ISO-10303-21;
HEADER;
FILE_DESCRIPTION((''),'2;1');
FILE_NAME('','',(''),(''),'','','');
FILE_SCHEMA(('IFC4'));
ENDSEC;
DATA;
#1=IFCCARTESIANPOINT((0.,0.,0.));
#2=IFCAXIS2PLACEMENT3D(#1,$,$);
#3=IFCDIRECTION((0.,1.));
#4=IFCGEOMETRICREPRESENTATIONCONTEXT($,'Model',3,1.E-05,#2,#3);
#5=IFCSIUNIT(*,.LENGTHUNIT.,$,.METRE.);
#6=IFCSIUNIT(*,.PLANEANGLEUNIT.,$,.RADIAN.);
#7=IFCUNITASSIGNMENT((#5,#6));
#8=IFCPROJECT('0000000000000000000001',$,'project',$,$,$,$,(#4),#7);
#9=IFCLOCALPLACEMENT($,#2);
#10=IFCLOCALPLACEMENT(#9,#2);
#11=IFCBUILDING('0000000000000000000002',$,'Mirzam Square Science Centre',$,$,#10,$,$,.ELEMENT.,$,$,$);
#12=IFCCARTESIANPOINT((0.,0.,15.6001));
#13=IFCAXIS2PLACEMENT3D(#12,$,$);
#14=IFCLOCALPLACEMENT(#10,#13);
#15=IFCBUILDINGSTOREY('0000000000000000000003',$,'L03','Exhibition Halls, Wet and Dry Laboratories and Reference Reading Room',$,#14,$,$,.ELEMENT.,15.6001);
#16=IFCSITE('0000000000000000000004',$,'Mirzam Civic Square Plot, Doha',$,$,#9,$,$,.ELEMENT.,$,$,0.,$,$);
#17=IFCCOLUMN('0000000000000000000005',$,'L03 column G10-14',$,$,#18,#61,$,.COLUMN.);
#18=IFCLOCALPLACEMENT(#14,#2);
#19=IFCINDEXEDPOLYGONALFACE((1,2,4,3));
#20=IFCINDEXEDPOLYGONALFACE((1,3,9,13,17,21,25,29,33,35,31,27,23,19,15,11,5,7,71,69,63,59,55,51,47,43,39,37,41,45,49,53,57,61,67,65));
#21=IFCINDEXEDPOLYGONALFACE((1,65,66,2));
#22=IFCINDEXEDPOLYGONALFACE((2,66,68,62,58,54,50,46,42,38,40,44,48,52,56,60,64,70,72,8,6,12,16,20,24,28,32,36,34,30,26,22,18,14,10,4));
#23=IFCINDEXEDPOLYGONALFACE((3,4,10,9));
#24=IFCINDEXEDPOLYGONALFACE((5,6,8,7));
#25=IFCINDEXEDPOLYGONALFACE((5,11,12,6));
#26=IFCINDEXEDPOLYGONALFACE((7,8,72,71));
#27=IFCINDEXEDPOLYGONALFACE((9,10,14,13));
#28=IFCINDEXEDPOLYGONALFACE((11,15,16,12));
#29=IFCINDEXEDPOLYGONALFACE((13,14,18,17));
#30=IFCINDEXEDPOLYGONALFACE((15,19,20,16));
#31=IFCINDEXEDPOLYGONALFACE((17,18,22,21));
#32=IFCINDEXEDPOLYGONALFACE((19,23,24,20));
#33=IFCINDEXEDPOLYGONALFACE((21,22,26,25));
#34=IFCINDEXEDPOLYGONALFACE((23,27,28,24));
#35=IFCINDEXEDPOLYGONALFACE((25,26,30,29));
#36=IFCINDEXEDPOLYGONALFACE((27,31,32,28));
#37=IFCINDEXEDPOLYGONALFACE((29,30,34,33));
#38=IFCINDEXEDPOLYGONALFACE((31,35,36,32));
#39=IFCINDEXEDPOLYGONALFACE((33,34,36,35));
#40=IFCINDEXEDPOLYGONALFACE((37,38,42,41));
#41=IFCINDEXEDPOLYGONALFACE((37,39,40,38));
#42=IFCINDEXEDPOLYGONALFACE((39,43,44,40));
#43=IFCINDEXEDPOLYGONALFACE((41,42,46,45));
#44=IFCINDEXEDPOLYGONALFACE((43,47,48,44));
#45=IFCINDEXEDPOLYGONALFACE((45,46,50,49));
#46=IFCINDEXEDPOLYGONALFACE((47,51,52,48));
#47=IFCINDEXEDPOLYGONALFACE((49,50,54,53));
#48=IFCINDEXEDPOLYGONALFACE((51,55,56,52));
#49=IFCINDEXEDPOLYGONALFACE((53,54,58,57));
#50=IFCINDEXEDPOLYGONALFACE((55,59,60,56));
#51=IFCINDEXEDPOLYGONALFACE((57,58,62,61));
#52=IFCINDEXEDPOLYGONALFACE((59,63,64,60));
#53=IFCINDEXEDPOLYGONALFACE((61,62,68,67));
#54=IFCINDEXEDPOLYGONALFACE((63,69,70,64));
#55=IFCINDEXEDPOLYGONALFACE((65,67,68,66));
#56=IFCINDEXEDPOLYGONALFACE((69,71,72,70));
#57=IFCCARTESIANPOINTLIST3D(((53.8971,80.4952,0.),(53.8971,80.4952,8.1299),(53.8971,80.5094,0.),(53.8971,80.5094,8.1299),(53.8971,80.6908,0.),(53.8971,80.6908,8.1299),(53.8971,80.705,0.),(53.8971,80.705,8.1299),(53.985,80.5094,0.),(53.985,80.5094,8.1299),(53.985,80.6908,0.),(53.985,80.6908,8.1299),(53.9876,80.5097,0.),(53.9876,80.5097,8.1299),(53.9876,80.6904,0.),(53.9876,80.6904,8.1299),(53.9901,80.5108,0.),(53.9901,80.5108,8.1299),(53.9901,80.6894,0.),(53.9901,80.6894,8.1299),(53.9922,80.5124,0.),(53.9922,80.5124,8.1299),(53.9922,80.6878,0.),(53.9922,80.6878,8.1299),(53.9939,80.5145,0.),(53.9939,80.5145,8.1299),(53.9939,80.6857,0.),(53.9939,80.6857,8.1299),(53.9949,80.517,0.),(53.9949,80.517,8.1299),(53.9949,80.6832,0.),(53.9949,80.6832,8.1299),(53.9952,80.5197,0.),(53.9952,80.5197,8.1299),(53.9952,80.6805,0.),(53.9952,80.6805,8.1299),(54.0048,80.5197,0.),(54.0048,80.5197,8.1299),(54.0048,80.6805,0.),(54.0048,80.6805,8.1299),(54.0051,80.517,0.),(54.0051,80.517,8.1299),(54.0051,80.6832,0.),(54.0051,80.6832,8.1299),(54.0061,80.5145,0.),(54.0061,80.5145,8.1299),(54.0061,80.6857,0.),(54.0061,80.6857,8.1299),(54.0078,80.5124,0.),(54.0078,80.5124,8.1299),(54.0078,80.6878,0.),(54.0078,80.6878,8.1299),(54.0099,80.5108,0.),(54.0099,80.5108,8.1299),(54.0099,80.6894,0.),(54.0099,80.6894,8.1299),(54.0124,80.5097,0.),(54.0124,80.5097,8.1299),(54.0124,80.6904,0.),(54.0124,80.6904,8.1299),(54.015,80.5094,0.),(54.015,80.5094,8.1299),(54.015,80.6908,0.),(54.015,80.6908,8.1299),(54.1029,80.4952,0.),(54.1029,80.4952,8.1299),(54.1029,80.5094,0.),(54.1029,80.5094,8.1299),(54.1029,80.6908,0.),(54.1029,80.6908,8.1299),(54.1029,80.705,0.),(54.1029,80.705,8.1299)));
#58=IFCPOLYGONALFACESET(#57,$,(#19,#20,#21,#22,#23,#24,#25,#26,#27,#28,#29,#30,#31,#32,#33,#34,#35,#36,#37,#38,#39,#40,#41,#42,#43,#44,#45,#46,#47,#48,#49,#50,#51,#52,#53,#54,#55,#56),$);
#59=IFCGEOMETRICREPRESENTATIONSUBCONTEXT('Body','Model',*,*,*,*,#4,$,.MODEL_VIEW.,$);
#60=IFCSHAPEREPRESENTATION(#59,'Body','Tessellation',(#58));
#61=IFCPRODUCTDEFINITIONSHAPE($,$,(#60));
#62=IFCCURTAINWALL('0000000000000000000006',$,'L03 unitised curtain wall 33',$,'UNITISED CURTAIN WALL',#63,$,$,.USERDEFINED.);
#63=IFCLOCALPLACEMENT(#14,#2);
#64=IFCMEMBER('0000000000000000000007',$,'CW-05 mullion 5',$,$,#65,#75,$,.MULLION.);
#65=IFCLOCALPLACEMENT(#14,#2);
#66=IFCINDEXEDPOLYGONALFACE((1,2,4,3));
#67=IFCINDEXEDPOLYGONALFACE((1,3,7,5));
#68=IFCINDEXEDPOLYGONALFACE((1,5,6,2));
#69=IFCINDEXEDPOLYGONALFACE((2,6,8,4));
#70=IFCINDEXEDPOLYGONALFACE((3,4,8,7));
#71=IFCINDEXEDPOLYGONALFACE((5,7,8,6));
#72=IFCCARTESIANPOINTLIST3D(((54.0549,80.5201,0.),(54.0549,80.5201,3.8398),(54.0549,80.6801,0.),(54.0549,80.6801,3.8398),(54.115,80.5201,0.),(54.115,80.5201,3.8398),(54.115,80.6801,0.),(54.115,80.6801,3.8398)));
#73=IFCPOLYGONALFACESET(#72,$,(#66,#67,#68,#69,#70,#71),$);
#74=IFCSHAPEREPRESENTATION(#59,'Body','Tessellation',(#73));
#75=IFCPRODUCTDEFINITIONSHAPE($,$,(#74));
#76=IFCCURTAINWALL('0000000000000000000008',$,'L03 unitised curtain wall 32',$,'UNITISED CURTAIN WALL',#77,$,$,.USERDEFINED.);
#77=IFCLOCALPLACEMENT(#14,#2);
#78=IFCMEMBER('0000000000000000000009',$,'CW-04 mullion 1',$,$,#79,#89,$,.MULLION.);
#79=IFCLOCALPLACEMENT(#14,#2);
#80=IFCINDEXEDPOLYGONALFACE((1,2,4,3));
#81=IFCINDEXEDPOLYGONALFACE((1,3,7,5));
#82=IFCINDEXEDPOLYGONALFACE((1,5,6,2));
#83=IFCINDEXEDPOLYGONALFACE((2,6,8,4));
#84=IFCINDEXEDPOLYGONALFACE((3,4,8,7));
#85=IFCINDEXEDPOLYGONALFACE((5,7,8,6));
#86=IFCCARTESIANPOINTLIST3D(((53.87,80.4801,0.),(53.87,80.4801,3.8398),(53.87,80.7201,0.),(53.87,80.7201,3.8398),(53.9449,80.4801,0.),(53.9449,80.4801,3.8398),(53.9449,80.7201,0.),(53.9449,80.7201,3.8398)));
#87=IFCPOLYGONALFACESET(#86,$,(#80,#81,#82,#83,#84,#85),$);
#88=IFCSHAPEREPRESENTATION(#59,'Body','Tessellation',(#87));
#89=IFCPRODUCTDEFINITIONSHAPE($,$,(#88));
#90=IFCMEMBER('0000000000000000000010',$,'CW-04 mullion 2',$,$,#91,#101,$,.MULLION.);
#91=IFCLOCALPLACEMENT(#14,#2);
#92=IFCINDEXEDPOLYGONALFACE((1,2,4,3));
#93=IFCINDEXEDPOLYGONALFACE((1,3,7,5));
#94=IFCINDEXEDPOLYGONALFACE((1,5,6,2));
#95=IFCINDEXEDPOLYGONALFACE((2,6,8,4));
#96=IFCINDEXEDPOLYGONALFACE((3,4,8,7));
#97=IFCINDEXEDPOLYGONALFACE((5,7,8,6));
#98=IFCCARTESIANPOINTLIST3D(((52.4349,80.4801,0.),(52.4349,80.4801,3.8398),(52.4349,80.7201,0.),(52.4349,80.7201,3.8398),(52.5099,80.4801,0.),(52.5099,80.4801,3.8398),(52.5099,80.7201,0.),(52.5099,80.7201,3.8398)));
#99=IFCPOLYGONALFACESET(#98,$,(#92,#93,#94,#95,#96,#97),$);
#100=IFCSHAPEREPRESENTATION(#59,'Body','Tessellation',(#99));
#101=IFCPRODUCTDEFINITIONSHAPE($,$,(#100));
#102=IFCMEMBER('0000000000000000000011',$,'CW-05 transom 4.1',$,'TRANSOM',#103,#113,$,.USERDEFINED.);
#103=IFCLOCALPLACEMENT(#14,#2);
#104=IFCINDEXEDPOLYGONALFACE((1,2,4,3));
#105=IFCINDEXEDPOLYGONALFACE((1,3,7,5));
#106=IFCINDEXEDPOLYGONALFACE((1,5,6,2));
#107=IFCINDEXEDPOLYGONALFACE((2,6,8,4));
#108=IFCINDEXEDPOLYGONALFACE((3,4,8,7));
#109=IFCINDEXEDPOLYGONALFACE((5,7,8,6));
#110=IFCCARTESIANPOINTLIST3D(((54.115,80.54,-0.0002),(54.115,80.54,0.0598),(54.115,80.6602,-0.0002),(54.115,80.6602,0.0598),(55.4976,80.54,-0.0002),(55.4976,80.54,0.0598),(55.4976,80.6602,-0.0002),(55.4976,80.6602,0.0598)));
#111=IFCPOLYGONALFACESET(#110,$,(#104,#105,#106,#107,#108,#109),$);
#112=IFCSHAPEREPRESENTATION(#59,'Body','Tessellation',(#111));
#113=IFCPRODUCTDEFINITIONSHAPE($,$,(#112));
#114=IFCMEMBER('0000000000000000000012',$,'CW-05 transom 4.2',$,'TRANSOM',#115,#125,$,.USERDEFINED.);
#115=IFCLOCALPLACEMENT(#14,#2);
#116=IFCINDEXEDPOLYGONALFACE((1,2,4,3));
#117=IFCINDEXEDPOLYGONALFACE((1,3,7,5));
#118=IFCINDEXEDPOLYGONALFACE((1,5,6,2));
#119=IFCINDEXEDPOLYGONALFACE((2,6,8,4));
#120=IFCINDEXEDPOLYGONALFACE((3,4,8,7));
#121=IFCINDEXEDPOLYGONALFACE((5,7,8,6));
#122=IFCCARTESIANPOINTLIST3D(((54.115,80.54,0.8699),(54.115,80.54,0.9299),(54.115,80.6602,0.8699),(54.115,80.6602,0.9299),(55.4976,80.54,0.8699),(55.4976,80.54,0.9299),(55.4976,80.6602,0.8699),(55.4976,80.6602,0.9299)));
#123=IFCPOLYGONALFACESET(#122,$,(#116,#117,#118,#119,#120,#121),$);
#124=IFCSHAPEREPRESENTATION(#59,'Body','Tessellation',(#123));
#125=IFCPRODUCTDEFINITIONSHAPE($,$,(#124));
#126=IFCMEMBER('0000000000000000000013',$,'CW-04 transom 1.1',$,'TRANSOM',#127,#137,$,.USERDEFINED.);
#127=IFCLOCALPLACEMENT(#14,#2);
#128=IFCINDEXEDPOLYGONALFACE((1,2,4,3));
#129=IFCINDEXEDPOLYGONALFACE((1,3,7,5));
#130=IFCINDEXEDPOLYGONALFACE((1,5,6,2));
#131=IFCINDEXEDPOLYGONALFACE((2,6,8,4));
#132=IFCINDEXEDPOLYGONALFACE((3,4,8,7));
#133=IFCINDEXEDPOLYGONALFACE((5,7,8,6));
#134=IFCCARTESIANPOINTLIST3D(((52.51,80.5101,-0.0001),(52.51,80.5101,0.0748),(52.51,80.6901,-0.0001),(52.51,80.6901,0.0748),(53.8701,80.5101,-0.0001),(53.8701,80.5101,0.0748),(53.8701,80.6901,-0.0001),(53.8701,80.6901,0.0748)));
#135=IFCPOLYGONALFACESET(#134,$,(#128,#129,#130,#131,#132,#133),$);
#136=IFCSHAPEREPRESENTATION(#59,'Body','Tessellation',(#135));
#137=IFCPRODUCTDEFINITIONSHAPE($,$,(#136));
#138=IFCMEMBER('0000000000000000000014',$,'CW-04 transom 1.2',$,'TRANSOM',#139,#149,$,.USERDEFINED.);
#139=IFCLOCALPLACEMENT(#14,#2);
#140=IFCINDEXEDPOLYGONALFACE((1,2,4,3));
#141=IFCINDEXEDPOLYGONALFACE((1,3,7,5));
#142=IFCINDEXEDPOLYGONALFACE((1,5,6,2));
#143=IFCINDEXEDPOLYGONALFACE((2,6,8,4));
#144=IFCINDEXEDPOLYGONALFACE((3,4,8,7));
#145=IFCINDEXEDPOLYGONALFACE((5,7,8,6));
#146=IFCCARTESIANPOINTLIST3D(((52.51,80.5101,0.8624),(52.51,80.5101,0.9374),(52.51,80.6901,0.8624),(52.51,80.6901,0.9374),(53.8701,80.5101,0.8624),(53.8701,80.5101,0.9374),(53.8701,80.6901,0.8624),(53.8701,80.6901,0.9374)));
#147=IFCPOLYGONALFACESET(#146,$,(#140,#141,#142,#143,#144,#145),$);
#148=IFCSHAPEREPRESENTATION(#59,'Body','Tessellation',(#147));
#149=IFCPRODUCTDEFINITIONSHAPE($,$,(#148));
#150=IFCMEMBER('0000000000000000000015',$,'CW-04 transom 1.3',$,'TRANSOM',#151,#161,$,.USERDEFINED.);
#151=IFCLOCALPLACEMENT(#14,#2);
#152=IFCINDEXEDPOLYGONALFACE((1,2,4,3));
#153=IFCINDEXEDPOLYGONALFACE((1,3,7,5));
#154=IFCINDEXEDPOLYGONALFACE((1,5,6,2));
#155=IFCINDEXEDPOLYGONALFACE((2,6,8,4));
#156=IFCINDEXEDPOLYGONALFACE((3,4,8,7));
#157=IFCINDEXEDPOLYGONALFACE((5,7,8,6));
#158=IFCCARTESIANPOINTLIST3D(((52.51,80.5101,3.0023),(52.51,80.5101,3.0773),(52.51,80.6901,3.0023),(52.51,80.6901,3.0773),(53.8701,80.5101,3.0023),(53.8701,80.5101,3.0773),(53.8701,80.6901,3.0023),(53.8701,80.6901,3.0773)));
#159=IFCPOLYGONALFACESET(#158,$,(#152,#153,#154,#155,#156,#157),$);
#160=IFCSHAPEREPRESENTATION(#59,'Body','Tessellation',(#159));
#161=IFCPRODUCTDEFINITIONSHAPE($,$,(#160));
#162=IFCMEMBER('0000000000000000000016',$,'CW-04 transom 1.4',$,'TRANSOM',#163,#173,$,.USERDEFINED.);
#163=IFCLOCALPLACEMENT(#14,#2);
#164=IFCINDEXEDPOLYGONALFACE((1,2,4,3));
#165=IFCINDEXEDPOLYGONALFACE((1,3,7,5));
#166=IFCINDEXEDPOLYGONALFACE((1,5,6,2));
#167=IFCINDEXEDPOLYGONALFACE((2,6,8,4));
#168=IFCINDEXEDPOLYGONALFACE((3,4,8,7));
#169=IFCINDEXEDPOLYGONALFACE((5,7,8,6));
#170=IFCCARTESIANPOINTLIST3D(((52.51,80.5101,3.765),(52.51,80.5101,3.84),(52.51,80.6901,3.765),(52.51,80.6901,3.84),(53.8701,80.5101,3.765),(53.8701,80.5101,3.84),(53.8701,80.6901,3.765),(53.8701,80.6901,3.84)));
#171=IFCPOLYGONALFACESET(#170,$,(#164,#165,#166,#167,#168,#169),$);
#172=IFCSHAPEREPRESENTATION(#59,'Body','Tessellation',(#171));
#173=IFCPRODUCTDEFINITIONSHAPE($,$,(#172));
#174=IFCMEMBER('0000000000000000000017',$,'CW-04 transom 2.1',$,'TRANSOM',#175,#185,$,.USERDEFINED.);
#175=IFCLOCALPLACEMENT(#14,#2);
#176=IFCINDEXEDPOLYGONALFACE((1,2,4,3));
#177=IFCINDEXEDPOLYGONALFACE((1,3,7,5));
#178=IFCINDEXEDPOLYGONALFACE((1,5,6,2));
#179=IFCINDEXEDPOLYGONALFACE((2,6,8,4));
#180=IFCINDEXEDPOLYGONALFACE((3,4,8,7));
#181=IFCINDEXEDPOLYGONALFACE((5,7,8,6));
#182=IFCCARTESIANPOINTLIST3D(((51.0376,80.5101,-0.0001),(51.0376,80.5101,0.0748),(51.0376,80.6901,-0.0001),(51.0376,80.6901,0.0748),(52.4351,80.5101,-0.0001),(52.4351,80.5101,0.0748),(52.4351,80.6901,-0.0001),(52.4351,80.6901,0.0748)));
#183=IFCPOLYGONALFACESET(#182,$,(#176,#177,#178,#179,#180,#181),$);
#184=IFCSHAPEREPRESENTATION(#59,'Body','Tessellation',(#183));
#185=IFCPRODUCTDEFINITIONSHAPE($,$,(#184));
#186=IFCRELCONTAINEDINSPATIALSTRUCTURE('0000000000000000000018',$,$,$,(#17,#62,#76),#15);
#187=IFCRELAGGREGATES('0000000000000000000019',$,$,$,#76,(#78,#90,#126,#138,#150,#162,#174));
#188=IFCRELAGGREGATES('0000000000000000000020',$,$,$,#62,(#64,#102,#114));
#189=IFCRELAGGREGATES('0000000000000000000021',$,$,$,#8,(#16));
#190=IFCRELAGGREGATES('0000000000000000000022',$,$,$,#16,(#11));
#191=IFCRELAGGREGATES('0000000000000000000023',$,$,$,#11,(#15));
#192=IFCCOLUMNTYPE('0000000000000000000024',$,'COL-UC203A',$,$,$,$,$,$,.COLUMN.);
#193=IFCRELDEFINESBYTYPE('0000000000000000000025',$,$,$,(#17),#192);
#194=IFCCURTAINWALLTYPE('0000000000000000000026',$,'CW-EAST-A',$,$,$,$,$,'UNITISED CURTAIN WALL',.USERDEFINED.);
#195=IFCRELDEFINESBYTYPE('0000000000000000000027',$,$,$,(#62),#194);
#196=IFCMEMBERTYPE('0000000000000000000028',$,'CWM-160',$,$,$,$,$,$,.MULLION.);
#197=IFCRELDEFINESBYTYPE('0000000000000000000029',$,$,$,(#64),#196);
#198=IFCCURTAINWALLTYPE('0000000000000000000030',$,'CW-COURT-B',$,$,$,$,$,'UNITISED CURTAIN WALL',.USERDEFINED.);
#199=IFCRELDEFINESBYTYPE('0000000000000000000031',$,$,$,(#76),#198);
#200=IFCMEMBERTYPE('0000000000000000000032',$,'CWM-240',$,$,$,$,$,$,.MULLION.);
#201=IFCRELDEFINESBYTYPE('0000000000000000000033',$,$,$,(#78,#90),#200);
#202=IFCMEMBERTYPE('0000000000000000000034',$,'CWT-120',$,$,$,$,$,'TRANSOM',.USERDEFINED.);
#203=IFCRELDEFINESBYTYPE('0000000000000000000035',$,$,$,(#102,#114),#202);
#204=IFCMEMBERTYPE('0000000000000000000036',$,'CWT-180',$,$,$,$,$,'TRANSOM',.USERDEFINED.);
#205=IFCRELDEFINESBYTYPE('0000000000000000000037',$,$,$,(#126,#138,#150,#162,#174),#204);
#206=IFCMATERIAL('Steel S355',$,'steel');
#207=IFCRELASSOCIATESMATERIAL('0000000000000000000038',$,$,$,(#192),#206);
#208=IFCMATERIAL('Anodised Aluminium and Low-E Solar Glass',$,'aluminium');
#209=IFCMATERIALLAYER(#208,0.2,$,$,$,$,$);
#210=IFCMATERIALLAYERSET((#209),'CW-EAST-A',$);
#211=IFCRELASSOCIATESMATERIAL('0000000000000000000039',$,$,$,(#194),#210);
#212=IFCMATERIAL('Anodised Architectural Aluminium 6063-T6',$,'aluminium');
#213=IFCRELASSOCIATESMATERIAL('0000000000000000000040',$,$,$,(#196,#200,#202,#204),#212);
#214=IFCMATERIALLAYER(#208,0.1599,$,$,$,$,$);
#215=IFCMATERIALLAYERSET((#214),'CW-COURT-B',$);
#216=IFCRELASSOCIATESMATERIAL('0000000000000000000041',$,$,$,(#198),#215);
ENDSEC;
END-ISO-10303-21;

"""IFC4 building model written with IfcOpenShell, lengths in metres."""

from ifc_helpers import new_model, si_unit, direction, frame, origin, origin_2d, place, context, subcontext, project, spatial, rectangle, i_section, extrude, material, layer, layer_set, material_profile, profile_set, type_object, element, aggregate, save


model = new_model("IFC4")

# Units and contexts
model_context = context("Model", 3, precision=1e-05, world=origin(), true_north=direction((0.0, 1.0)))
body_context = subcontext(model_context, "Body", "Model", "MODEL_VIEW")
ifc_project = project(units=[si_unit("LENGTHUNIT", "METRE"), si_unit("PLANEANGLEUNIT", "RADIAN")], contexts=[model_context])

# Site, building, storey
site_placement = place(None, origin())
site = spatial("IfcSite", under=ifc_project, at=site_placement, Name="Mirzam Civic Square Plot, Doha", CompositionType="ELEMENT", RefElevation=0.0)
building_placement = place(site_placement, origin())
building = spatial("IfcBuilding", under=site, at=building_placement, Name="Mirzam Square Science Centre", CompositionType="ELEMENT")
storey_placement = place(building_placement, frame((0.0, 0.0, 15.6001)))
storey = spatial("IfcBuildingStorey", under=building, at=storey_placement, Name="L03", Description="Exhibition Halls, Wet and Dry Laboratories and Reference Reading Room", CompositionType="ELEMENT", Elevation=15.6001)

# Column
ifc_material_1 = material(Name="Steel S355", Category="steel")
ifc_material_profile_1 = material_profile(ifc_material_1, i_section(OverallWidth=0.2058, OverallDepth=0.2097, WebThickness=0.0095, FlangeThickness=0.0142, FilletRadius=0.0103, at=origin_2d()), Name="203x203x60UC")
ifc_profile_set_1 = profile_set([ifc_material_profile_1], Name="Steel S355")
column_type = type_object("IfcColumnType", Name="COL-UC203A", PredefinedType="COLUMN", material=ifc_profile_set_1)
column_placement = place(storey_placement, frame((54.0, 80.6001, 0.0), z_axis=(0.0, 0.0, 1.0), x_axis=(1.0, 0.0, 0.0)))
element("IfcColumn", 1, at=column_placement, inside=storey, type_object=column_type, Name="L03 column G10-14", PredefinedType="COLUMN", context=body_context, shape_type="SweptSolid", body=[
    extrude(i_section(OverallWidth=0.2058, OverallDepth=0.2097, WebThickness=0.0095, FlangeThickness=0.0142, FilletRadius=0.0103, at=origin_2d()), origin(), (0.0, 0.0, 1.0), 8.1299),
])

# Curtain wall, member
ifc_material_2 = material(Name="Anodised Aluminium and Low-E Solar Glass", Category="aluminium")
ifc_layer_1 = layer(ifc_material_2, 0.2)
ifc_layer_set_1 = layer_set([ifc_layer_1], Name="CW-EAST-A")
curtain_wall_type_1 = type_object("IfcCurtainWallType", Name="CW-EAST-A", ElementType="UNITISED CURTAIN WALL", PredefinedType="USERDEFINED", material=ifc_layer_set_1)
curtain_wall_1_placement = place(storey_placement, origin())
curtain_wall_1 = element("IfcCurtainWall", 2, at=curtain_wall_1_placement, inside=storey, type_object=curtain_wall_type_1, Name="L03 unitised curtain wall 33", ObjectType="UNITISED CURTAIN WALL", PredefinedType="USERDEFINED")
ifc_material_3 = material(Name="Anodised Architectural Aluminium 6063-T6", Category="aluminium")
ifc_material_profile_2 = material_profile(ifc_material_3, rectangle(XDim=0.0601, YDim=0.1599, at=origin_2d()), Name="ALU-MULL-160x60x4")
ifc_profile_set_2 = profile_set([ifc_material_profile_2], Name="Anodised Architectural Aluminium 6063-T6")
member_type_1 = type_object("IfcMemberType", Name="CWM-160", PredefinedType="MULLION", material=ifc_profile_set_2)
member_1_placement = place(storey_placement, frame((54.085, 80.6001, 0.0), z_axis=(0.0, 0.0, 1.0), x_axis=(-1.0, 0.0, 0.0)))
member_1 = element("IfcMember", 3, at=member_1_placement, type_object=member_type_1, Name="CW-05 mullion 5", PredefinedType="MULLION", context=body_context, shape_type="SweptSolid", body=[
    extrude(rectangle(XDim=0.0601, YDim=0.1599, at=origin_2d()), origin(), (0.0, 0.0, 1.0), 3.8398),
])

# Curtain wall, members
ifc_layer_2 = layer(ifc_material_2, 0.1599)
ifc_layer_set_2 = layer_set([ifc_layer_2], Name="CW-COURT-B")
curtain_wall_type_2 = type_object("IfcCurtainWallType", Name="CW-COURT-B", ElementType="UNITISED CURTAIN WALL", PredefinedType="USERDEFINED", material=ifc_layer_set_2)
curtain_wall_2_placement = place(storey_placement, origin())
curtain_wall_2 = element("IfcCurtainWall", 4, at=curtain_wall_2_placement, inside=storey, type_object=curtain_wall_type_2, Name="L03 unitised curtain wall 32", ObjectType="UNITISED CURTAIN WALL", PredefinedType="USERDEFINED")
ifc_material_profile_3 = material_profile(ifc_material_3, rectangle(XDim=0.075, YDim=0.24, at=origin_2d()), Name="ALU-MULL-240x75x5")
ifc_profile_set_3 = profile_set([ifc_material_profile_3], Name="Anodised Architectural Aluminium 6063-T6")
member_type_2 = type_object("IfcMemberType", Name="CWM-240", PredefinedType="MULLION", material=ifc_profile_set_3)
member_2_placement = place(storey_placement, frame((53.9075, 80.6001, 0.0), z_axis=(0.0, 0.0, 1.0), x_axis=(-1.0, 0.0, 0.0)))
member_2 = element("IfcMember", 5, at=member_2_placement, type_object=member_type_2, Name="CW-04 mullion 1", PredefinedType="MULLION", context=body_context, shape_type="SweptSolid", body=[
    extrude(rectangle(XDim=0.075, YDim=0.24, at=origin_2d()), origin(), (0.0, 0.0, 1.0), 3.8398),
])
member_3_placement = place(storey_placement, frame((52.4724, 80.6001, 0.0), z_axis=(0.0, 0.0, 1.0), x_axis=(-1.0, 0.0, 0.0)))
member_3 = element("IfcMember", 6, at=member_3_placement, type_object=member_type_2, Name="CW-04 mullion 2", PredefinedType="MULLION", context=body_context, shape_type="SweptSolid", body=[
    extrude(rectangle(XDim=0.075, YDim=0.24, at=origin_2d()), origin(), (0.0, 0.0, 1.0), 3.8398),
])

# Members
ifc_material_profile_4 = material_profile(ifc_material_3, rectangle(XDim=0.1201, YDim=0.0601, at=origin_2d()), Name="ALU-TRAN-120x60x4")
ifc_profile_set_4 = profile_set([ifc_material_profile_4], Name="Anodised Architectural Aluminium 6063-T6")
member_type_3 = type_object("IfcMemberType", Name="CWT-120", ElementType="TRANSOM", PredefinedType="USERDEFINED", material=ifc_profile_set_4)
member_4_placement = place(storey_placement, frame((55.4976, 80.6001, 0.0298), z_axis=(-1.0, 0.0, 0.0), x_axis=(0.0, -1.0, 0.0)))
member_4 = element("IfcMember", 7, at=member_4_placement, type_object=member_type_3, Name="CW-05 transom 4.1", ObjectType="TRANSOM", PredefinedType="USERDEFINED", context=body_context, shape_type="SweptSolid", body=[
    extrude(rectangle(XDim=0.1201, YDim=0.0601, at=origin_2d()), origin(), (0.0, 0.0, 1.0), 1.3826),
])
member_5_placement = place(storey_placement, frame((55.4976, 80.6001, 0.8999), z_axis=(-1.0, 0.0, 0.0), x_axis=(0.0, -1.0, 0.0)))
member_5 = element("IfcMember", 8, at=member_5_placement, type_object=member_type_3, Name="CW-05 transom 4.2", ObjectType="TRANSOM", PredefinedType="USERDEFINED", context=body_context, shape_type="SweptSolid", body=[
    extrude(rectangle(XDim=0.1201, YDim=0.0601, at=origin_2d()), origin(), (0.0, 0.0, 1.0), 1.3826),
])
ifc_material_profile_5 = material_profile(ifc_material_3, rectangle(XDim=0.1799, YDim=0.075, at=origin_2d()), Name="ALU-TRAN-180x75x5")
ifc_profile_set_5 = profile_set([ifc_material_profile_5], Name="Anodised Architectural Aluminium 6063-T6")
member_type_4 = type_object("IfcMemberType", Name="CWT-180", ElementType="TRANSOM", PredefinedType="USERDEFINED", material=ifc_profile_set_5)
member_6_placement = place(storey_placement, frame((53.8701, 80.6001, 0.0374), z_axis=(-1.0, 0.0, 0.0), x_axis=(0.0, -1.0, 0.0)))
member_6 = element("IfcMember", 9, at=member_6_placement, type_object=member_type_4, Name="CW-04 transom 1.1", ObjectType="TRANSOM", PredefinedType="USERDEFINED", context=body_context, shape_type="SweptSolid", body=[
    extrude(rectangle(XDim=0.1799, YDim=0.075, at=origin_2d()), origin(), (0.0, 0.0, 1.0), 1.3601),
])
member_7_placement = place(storey_placement, frame((53.8701, 80.6001, 0.8999), z_axis=(-1.0, 0.0, 0.0), x_axis=(0.0, -1.0, 0.0)))
member_7 = element("IfcMember", 10, at=member_7_placement, type_object=member_type_4, Name="CW-04 transom 1.2", ObjectType="TRANSOM", PredefinedType="USERDEFINED", context=body_context, shape_type="SweptSolid", body=[
    extrude(rectangle(XDim=0.1799, YDim=0.075, at=origin_2d()), origin(), (0.0, 0.0, 1.0), 1.3601),
])
member_8_placement = place(storey_placement, frame((53.8701, 80.6001, 3.0398), z_axis=(-1.0, 0.0, 0.0), x_axis=(0.0, -1.0, 0.0)))
member_8 = element("IfcMember", 11, at=member_8_placement, type_object=member_type_4, Name="CW-04 transom 1.3", ObjectType="TRANSOM", PredefinedType="USERDEFINED", context=body_context, shape_type="SweptSolid", body=[
    extrude(rectangle(XDim=0.1799, YDim=0.075, at=origin_2d()), origin(), (0.0, 0.0, 1.0), 1.3601),
])
member_9_placement = place(storey_placement, frame((53.8701, 80.6001, 3.8025), z_axis=(-1.0, 0.0, 0.0), x_axis=(0.0, -1.0, 0.0)))
member_9 = element("IfcMember", 12, at=member_9_placement, type_object=member_type_4, Name="CW-04 transom 1.4", ObjectType="TRANSOM", PredefinedType="USERDEFINED", context=body_context, shape_type="SweptSolid", body=[
    extrude(rectangle(XDim=0.1799, YDim=0.075, at=origin_2d()), origin(), (0.0, 0.0, 1.0), 1.3601),
])
member_10_placement = place(storey_placement, frame((52.4351, 80.6001, 0.0374), z_axis=(-1.0, 0.0, 0.0), x_axis=(0.0, -1.0, 0.0)))
member_10 = element("IfcMember", 13, at=member_10_placement, type_object=member_type_4, Name="CW-04 transom 2.1", ObjectType="TRANSOM", PredefinedType="USERDEFINED", context=body_context, shape_type="SweptSolid", body=[
    extrude(rectangle(XDim=0.1799, YDim=0.075, at=origin_2d()), origin(), (0.0, 0.0, 1.0), 1.3975),
])

aggregate(curtain_wall_2, [member_2, member_3, member_6, member_7, member_8, member_9, member_10])
aggregate(curtain_wall_1, [member_1, member_4, member_5])

save(model, "model.ifc")
